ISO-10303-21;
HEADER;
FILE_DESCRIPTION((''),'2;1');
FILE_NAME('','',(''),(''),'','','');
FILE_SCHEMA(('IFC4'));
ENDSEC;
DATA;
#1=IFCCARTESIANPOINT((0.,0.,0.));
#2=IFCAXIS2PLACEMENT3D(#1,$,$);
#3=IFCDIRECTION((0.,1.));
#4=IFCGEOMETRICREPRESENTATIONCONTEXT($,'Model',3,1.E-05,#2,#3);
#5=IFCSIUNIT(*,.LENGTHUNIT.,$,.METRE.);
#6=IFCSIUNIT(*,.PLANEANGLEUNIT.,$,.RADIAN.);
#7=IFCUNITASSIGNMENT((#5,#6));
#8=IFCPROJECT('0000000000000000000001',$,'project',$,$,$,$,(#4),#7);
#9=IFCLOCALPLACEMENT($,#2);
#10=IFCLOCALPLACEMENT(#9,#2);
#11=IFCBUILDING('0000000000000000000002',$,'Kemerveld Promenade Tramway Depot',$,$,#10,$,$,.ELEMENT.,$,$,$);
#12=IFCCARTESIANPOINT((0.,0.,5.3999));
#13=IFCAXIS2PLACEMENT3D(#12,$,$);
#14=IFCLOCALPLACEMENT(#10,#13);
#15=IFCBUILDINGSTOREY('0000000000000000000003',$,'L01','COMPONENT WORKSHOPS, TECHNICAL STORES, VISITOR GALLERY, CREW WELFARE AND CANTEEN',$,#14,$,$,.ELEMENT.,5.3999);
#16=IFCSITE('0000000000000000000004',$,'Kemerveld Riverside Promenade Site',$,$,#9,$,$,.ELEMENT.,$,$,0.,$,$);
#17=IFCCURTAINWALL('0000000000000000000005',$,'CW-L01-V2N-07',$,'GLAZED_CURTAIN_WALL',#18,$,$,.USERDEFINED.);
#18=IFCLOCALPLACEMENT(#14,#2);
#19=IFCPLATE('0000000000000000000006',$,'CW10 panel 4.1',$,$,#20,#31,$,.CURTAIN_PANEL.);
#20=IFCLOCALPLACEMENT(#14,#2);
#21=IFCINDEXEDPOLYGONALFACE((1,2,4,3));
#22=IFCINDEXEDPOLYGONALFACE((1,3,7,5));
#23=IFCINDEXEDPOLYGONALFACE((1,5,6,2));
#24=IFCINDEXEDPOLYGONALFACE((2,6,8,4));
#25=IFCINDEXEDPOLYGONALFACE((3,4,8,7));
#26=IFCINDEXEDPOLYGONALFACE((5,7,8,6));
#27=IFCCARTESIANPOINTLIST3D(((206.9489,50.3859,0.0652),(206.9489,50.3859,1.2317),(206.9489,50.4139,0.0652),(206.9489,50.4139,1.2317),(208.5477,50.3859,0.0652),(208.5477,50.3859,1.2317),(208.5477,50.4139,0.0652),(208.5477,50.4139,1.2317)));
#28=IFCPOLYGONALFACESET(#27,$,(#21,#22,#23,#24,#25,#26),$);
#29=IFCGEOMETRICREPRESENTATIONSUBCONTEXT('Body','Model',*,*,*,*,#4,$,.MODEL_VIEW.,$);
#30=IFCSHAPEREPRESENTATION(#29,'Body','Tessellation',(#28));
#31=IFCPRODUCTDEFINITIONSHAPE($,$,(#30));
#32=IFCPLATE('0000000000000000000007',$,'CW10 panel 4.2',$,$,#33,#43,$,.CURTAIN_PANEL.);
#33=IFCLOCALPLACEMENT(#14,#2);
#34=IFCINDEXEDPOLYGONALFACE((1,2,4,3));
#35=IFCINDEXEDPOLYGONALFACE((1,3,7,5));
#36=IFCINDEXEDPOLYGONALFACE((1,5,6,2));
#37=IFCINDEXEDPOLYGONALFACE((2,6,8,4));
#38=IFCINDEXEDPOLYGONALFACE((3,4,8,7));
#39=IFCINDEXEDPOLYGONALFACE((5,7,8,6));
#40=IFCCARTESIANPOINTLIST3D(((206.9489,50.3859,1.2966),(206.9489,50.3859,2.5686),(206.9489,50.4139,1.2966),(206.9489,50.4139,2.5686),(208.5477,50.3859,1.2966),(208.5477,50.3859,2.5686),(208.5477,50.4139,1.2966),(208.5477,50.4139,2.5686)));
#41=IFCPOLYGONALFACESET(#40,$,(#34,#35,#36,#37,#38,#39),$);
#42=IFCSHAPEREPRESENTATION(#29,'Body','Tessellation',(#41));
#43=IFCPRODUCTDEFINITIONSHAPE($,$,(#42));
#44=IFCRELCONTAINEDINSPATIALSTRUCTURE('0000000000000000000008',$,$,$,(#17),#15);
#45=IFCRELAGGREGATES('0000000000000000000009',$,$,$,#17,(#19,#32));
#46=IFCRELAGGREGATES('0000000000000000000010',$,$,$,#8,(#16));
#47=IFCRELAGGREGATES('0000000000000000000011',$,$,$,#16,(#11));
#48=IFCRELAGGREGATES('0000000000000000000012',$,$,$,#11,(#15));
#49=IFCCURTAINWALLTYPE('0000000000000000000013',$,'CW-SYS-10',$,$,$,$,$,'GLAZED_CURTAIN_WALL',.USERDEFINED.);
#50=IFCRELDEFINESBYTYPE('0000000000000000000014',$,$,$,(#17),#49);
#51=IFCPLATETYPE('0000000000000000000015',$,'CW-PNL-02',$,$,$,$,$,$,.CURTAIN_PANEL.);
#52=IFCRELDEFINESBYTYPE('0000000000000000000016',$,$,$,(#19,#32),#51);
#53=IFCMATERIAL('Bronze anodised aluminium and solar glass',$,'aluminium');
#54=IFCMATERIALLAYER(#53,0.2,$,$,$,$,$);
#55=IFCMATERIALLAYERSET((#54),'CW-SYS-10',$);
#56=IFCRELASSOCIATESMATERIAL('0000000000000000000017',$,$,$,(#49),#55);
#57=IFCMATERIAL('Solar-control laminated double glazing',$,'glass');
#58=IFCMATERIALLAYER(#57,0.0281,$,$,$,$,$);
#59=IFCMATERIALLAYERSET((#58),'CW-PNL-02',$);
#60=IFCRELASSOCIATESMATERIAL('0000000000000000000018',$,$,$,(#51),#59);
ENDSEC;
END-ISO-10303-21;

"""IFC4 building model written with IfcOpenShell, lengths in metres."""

from ifc_helpers import new_model, si_unit, direction, frame, origin, origin_2d, place, context, subcontext, project, spatial, rectangle, extrude, material, layer, layer_set, type_object, element, aggregate, save


model = new_model("IFC4")

# Units and contexts
model_context = context("Model", 3, precision=1e-05, world=origin(), true_north=direction((0.0, 1.0)))
body_context = subcontext(model_context, "Body", "Model", "MODEL_VIEW")
ifc_project = project(units=[si_unit("LENGTHUNIT", "METRE"), si_unit("PLANEANGLEUNIT", "RADIAN")], contexts=[model_context])

# Site, building, storey
site_placement = place(None, origin())
site = spatial("IfcSite", under=ifc_project, at=site_placement, Name="Kemerveld Riverside Promenade Site", CompositionType="ELEMENT", RefElevation=0.0)
building_placement = place(site_placement, origin())
building = spatial("IfcBuilding", under=site, at=building_placement, Name="Kemerveld Promenade Tramway Depot", CompositionType="ELEMENT")
storey_placement = place(building_placement, frame((0.0, 0.0, 5.3999)))
storey = spatial("IfcBuildingStorey", under=building, at=storey_placement, Name="L01", Description="COMPONENT WORKSHOPS, TECHNICAL STORES, VISITOR GALLERY, CREW WELFARE AND CANTEEN", CompositionType="ELEMENT", Elevation=5.3999)

# Curtain wall, plates
ifc_material_1 = material(Name="Bronze anodised aluminium and solar glass", Category="aluminium")
ifc_layer_1 = layer(ifc_material_1, 0.2)
ifc_layer_set_1 = layer_set([ifc_layer_1], Name="CW-SYS-10")
curtain_wall_type = type_object("IfcCurtainWallType", Name="CW-SYS-10", ElementType="GLAZED_CURTAIN_WALL", PredefinedType="USERDEFINED", material=ifc_layer_set_1)
curtain_wall_placement = place(storey_placement, origin())
curtain_wall = element("IfcCurtainWall", 1, at=curtain_wall_placement, inside=storey, type_object=curtain_wall_type, Name="CW-L01-V2N-07", ObjectType="GLAZED_CURTAIN_WALL", PredefinedType="USERDEFINED")
ifc_material_2 = material(Name="Solar-control laminated double glazing", Category="glass")
ifc_layer_2 = layer(ifc_material_2, 0.0281)
ifc_layer_set_2 = layer_set([ifc_layer_2], Name="CW-PNL-02")
plate_type = type_object("IfcPlateType", Name="CW-PNL-02", PredefinedType="CURTAIN_PANEL", material=ifc_layer_set_2)
plate_1_placement = place(storey_placement, frame((207.7483, 50.3999, 0.0652), z_axis=(0.0, 0.0, 1.0), x_axis=(1.0, 0.0, 0.0)))
plate_1 = element("IfcPlate", 2, at=plate_1_placement, type_object=plate_type, Name="CW10 panel 4.1", PredefinedType="CURTAIN_PANEL", context=body_context, shape_type="SweptSolid", body=[
    extrude(rectangle(XDim=1.5989, YDim=0.0281, at=origin_2d()), origin(), (0.0, 0.0, 1.0), 1.1665),
])
plate_2_placement = place(storey_placement, frame((207.7483, 50.3999, 1.2966), z_axis=(0.0, 0.0, 1.0), x_axis=(1.0, 0.0, 0.0)))
plate_2 = element("IfcPlate", 3, at=plate_2_placement, type_object=plate_type, Name="CW10 panel 4.2", PredefinedType="CURTAIN_PANEL", context=body_context, shape_type="SweptSolid", body=[
    extrude(rectangle(XDim=1.5989, YDim=0.0281, at=origin_2d()), origin(), (0.0, 0.0, 1.0), 1.272),
])
aggregate(curtain_wall, [plate_1, plate_2])

save(model, "model.ifc")
